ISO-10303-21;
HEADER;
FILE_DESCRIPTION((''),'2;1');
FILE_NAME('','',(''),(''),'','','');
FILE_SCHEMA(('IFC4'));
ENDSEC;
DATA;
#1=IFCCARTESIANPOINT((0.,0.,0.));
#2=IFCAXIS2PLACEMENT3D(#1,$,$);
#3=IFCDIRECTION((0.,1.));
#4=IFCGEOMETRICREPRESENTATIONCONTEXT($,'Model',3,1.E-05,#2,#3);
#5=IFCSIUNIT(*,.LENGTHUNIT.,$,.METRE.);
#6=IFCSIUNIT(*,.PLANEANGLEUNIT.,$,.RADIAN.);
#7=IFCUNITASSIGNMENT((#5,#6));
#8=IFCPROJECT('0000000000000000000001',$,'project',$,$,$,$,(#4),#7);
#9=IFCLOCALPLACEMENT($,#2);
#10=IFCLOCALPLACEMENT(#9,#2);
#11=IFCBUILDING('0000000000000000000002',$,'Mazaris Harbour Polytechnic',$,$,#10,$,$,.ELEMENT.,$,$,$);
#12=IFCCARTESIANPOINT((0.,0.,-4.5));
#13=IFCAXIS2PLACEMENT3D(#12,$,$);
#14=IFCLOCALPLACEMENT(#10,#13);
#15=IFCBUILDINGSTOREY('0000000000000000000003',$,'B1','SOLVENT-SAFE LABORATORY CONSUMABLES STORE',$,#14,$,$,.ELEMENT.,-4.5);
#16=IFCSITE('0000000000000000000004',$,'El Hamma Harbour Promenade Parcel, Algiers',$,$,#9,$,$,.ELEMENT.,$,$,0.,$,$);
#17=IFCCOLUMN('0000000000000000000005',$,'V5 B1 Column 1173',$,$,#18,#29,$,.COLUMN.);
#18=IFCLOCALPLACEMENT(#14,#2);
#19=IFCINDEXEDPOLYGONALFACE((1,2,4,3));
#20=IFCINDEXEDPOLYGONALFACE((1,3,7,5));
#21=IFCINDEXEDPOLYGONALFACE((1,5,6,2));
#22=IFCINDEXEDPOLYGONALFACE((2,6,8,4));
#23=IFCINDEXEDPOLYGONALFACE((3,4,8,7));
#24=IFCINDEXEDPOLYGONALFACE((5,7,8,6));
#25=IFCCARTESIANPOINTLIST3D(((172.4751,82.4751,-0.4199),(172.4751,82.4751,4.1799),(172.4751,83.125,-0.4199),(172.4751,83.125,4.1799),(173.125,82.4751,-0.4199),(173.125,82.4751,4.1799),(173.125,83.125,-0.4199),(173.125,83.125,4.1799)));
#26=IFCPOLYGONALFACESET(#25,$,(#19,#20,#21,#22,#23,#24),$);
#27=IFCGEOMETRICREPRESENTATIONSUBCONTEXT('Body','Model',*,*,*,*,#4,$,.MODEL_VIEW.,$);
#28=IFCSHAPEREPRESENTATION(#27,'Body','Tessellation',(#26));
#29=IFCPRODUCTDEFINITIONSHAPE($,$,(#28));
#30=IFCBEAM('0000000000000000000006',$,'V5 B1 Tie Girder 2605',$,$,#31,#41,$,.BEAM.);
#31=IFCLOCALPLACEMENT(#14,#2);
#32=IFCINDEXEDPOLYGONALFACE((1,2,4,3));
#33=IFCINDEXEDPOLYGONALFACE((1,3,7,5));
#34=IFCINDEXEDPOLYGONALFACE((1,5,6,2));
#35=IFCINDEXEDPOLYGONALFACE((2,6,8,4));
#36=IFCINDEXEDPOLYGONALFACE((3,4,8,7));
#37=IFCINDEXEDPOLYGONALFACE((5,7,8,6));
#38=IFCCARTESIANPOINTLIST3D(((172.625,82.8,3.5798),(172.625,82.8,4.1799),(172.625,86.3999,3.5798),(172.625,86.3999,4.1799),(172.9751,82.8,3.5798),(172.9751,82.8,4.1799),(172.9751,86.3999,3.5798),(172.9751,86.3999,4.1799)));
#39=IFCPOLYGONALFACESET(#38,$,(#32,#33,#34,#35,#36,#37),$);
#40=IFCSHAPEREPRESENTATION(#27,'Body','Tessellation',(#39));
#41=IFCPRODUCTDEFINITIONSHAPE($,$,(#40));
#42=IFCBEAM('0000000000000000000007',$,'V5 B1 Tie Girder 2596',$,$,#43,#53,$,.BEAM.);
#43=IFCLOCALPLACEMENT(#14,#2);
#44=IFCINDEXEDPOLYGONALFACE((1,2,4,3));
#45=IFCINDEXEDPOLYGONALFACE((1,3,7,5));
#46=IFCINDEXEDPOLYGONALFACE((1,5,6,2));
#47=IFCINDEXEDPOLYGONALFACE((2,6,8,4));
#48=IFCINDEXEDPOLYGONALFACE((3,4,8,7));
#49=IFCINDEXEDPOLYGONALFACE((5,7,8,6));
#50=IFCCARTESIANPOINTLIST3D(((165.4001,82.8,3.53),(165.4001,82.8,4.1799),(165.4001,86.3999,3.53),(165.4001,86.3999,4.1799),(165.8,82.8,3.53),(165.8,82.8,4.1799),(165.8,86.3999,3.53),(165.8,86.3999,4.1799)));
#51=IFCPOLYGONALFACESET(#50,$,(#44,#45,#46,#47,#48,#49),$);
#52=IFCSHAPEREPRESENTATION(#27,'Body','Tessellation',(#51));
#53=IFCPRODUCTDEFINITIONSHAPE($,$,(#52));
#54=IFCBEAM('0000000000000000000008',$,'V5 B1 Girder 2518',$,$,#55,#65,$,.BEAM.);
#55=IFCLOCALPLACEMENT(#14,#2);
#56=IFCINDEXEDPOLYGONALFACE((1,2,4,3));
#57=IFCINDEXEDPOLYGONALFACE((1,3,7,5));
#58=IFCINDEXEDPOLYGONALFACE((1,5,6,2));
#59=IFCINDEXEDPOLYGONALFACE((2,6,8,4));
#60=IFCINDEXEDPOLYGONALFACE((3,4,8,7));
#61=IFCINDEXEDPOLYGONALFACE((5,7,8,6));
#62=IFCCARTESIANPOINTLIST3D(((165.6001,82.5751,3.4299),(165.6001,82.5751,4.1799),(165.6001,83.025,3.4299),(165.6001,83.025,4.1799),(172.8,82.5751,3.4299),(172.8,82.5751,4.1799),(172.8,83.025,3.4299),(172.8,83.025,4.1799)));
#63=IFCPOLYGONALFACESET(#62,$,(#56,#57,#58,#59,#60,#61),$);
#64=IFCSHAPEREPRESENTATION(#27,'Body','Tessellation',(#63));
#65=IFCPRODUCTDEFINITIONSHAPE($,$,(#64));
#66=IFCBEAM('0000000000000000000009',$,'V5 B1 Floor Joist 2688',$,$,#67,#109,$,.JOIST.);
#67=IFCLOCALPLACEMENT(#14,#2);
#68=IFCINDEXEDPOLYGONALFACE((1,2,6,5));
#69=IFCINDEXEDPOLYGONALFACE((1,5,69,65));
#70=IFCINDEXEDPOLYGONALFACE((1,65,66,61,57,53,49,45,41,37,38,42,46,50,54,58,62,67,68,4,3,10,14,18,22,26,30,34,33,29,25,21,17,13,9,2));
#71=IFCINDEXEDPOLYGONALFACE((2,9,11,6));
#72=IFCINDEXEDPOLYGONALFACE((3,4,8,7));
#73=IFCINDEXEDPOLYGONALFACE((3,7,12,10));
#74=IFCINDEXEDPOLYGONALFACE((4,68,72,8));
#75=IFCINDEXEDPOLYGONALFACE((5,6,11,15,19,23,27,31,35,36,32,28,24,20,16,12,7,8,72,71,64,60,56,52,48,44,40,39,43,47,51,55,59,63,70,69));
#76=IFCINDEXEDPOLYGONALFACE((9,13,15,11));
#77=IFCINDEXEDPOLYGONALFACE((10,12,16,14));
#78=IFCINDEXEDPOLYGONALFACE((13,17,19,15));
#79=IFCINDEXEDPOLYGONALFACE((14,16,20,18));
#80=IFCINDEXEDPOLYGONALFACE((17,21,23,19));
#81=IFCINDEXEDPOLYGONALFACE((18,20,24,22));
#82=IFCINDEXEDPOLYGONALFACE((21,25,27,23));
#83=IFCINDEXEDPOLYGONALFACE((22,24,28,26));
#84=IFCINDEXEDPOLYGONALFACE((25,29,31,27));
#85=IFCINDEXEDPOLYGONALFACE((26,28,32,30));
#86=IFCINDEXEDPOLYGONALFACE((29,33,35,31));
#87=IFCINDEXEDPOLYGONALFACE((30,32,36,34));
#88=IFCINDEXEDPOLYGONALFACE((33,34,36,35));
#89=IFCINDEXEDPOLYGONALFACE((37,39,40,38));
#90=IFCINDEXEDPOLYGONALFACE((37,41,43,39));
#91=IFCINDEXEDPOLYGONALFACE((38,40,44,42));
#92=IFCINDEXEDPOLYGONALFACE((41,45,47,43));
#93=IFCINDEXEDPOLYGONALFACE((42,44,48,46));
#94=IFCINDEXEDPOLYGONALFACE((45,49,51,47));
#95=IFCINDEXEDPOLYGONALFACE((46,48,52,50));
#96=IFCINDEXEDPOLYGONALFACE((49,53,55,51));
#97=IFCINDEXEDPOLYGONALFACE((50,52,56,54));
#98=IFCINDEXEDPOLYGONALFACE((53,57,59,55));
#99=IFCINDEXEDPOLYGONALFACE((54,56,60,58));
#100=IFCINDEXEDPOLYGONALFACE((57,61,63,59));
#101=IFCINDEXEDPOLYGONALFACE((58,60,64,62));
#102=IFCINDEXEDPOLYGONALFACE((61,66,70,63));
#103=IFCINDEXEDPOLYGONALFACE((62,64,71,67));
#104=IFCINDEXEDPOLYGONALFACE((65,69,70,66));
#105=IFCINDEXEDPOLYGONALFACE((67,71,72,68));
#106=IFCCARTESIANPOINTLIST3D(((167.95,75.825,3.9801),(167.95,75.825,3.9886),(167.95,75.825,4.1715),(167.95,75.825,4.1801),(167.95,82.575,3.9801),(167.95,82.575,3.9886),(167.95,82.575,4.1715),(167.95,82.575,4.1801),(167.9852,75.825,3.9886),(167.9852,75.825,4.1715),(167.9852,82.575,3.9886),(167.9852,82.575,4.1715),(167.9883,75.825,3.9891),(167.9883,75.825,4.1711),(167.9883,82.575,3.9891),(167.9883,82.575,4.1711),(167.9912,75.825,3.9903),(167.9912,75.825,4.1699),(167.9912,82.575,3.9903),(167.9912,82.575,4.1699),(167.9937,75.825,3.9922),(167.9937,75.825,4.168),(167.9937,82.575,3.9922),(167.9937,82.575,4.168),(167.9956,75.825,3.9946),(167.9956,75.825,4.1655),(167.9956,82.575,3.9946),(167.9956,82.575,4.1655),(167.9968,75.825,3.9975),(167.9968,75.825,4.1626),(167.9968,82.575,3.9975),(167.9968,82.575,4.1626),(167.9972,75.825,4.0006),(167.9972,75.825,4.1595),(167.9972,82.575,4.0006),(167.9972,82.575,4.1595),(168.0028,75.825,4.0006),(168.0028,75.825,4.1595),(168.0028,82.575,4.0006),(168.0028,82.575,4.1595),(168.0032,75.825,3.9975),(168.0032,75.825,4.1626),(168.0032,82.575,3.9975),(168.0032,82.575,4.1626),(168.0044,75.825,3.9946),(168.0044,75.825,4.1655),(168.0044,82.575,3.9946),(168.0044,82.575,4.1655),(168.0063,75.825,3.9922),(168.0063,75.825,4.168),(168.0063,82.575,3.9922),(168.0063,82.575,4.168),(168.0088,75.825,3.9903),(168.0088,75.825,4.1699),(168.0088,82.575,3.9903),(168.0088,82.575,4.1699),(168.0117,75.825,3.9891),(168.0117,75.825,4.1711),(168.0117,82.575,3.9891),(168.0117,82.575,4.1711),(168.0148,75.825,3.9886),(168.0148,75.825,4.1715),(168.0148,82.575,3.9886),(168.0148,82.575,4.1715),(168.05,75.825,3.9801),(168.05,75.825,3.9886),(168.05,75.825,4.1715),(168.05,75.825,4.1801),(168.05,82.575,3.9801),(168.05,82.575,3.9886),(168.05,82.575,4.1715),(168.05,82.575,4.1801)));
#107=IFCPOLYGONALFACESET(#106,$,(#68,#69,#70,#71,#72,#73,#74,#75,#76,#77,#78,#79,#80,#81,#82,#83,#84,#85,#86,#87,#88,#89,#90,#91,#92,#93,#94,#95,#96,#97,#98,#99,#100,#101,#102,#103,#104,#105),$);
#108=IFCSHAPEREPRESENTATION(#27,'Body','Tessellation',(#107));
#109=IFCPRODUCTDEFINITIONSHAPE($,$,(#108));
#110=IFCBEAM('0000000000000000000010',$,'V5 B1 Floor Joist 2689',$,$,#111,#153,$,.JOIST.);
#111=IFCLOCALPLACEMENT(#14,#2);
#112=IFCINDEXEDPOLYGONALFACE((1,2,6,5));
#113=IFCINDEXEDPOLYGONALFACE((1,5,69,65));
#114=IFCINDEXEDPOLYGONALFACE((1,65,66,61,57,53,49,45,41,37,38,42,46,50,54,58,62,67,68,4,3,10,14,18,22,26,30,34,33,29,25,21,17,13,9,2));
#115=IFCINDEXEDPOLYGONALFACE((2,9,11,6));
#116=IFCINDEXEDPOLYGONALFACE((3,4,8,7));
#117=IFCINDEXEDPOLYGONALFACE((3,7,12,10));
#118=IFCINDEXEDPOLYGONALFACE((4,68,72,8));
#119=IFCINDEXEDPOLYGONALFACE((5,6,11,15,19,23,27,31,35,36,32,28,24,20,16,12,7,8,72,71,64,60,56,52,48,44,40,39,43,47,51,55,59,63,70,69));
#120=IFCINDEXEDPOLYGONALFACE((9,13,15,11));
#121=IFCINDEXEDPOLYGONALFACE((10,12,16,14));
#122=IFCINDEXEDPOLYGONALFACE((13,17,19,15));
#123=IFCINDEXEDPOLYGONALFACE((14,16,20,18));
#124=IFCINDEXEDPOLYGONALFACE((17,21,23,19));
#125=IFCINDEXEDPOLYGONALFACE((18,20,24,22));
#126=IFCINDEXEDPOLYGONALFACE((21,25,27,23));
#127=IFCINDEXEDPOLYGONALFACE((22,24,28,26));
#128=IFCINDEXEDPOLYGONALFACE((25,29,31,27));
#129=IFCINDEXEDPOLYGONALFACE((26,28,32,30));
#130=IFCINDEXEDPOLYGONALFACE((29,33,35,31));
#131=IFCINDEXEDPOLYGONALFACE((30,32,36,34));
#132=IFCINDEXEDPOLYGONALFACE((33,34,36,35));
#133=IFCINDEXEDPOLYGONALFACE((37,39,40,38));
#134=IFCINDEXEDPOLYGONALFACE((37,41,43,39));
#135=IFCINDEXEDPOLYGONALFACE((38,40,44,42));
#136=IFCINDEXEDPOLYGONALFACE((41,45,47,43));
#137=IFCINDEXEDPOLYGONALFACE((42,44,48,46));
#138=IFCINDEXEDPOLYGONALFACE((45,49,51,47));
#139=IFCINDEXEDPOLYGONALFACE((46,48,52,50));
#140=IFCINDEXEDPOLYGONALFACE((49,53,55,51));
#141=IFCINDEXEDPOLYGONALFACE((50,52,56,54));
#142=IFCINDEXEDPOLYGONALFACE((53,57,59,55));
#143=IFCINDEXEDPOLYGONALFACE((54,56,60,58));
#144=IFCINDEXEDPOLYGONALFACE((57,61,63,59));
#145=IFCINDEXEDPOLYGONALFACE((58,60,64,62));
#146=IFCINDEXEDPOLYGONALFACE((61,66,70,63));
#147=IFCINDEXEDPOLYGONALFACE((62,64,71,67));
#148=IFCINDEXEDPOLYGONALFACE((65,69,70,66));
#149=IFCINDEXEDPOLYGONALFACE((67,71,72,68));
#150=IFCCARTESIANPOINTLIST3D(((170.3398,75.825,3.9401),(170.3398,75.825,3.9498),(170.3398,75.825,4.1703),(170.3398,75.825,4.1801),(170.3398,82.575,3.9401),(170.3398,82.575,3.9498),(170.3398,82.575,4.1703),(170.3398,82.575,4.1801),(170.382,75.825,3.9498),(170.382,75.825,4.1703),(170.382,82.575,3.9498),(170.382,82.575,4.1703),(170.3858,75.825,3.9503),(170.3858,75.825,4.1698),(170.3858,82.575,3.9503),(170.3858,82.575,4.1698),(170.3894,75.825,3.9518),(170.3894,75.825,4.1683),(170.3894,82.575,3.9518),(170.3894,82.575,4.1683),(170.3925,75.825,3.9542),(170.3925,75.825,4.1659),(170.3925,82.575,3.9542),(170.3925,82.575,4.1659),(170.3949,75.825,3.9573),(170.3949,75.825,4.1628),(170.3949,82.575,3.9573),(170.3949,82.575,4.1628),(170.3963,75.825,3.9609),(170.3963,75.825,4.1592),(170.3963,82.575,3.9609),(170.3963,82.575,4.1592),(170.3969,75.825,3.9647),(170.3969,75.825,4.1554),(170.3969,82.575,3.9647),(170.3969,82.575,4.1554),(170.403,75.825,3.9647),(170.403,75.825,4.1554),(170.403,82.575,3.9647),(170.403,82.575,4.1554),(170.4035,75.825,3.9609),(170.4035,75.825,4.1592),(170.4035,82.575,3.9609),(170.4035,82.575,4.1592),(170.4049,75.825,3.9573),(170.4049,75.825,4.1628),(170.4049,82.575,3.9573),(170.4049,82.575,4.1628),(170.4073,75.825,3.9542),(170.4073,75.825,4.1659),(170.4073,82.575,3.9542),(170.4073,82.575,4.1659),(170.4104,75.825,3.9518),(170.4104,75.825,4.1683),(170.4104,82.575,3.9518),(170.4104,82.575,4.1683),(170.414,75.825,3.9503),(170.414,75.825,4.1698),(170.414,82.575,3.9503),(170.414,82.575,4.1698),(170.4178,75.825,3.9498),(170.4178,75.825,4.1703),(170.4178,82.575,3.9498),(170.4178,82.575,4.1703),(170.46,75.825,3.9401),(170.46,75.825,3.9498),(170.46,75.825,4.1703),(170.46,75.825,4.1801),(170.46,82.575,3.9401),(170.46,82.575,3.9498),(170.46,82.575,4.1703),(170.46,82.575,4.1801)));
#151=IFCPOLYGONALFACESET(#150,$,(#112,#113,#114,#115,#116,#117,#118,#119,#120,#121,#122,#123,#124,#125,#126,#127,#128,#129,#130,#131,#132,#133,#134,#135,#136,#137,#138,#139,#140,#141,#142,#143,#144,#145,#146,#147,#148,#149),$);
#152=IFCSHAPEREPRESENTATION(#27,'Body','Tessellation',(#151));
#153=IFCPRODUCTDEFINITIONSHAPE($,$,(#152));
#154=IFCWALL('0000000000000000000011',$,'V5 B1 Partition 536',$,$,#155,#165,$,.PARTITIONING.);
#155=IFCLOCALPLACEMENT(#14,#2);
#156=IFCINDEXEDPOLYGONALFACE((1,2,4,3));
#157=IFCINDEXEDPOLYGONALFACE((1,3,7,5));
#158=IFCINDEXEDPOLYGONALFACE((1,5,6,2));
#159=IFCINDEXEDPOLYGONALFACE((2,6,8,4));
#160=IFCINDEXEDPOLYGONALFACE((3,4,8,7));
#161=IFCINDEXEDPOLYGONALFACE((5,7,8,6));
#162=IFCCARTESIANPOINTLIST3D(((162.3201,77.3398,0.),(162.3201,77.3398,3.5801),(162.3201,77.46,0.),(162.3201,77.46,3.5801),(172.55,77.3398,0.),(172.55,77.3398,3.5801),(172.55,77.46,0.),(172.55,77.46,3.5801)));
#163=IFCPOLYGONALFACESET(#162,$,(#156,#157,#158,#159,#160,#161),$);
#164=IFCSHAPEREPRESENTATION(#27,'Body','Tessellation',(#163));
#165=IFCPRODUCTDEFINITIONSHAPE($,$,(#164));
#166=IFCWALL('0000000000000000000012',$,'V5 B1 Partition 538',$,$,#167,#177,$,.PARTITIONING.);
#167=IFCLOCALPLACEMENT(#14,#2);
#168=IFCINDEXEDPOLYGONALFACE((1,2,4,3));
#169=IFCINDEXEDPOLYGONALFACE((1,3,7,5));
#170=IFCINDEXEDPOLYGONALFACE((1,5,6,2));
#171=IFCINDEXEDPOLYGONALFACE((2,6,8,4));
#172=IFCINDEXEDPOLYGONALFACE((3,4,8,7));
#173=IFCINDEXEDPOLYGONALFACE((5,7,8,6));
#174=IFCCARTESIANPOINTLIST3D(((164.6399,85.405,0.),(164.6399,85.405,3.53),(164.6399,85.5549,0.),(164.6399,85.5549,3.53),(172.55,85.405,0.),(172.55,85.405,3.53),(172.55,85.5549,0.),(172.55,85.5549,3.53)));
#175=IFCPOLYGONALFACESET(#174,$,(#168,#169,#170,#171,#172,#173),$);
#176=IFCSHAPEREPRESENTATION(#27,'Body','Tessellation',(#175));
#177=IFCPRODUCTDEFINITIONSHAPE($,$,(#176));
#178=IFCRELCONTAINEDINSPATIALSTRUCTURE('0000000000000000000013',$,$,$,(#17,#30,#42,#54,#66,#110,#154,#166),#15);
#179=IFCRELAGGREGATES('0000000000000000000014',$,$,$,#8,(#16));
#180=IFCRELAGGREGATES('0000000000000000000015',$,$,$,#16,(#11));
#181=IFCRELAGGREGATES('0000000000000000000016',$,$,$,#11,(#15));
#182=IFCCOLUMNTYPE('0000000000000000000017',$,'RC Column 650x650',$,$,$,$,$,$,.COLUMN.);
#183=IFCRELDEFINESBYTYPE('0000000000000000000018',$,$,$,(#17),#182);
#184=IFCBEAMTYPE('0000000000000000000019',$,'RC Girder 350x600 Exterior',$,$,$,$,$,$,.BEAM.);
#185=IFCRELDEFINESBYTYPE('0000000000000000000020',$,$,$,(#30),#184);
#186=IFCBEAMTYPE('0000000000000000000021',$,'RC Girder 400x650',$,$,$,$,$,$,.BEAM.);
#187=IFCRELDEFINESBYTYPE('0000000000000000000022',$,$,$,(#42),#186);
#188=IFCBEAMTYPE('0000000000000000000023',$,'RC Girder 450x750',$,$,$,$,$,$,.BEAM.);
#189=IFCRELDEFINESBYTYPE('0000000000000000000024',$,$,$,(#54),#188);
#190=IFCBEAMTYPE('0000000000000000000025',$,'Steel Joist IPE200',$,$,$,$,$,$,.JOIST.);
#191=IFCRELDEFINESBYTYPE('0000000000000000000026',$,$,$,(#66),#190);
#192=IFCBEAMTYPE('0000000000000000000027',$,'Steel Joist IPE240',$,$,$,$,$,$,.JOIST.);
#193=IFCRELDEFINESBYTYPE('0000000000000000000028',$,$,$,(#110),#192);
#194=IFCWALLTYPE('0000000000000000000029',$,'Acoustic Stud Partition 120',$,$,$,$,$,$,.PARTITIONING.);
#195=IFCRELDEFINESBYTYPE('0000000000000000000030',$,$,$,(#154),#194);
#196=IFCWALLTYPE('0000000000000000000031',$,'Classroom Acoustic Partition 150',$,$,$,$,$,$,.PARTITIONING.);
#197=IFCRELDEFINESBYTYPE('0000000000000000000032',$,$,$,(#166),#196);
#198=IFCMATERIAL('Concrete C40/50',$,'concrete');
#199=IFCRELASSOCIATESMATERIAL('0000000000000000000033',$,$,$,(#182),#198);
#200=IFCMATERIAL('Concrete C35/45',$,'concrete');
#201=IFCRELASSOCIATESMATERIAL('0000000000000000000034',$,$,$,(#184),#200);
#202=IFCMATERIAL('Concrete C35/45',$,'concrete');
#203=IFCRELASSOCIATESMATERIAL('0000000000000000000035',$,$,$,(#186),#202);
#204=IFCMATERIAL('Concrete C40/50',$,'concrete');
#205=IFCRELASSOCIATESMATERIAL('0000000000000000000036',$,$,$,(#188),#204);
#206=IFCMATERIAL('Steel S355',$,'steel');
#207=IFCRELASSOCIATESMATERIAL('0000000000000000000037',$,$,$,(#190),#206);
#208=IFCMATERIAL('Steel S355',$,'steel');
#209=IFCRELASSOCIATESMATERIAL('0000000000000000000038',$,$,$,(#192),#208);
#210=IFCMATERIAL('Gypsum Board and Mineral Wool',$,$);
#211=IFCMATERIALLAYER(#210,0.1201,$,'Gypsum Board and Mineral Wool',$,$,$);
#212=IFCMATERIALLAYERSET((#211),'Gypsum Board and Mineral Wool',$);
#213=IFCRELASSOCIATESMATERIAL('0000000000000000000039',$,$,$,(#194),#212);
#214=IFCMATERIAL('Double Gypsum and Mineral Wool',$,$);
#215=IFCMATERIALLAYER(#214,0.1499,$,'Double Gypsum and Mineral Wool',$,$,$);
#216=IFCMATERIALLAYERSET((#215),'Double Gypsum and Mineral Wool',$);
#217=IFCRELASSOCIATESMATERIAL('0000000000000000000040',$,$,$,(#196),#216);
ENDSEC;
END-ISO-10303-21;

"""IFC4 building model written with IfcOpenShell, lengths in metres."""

from ifc_helpers import new_model, si_unit, direction, frame, frame_2d, origin, origin_2d, place, context, subcontext, project, spatial, rectangle, i_section, extrude, material, layer, layer_set, material_profile, profile_set, type_object, element, save


model = new_model("IFC4")

# Units and contexts
model_context = context("Model", 3, precision=1e-05, world=origin(), true_north=direction((0.0, 1.0)))
body_context = subcontext(model_context, "Body", "Model", "MODEL_VIEW")
ifc_project = project(units=[si_unit("LENGTHUNIT", "METRE"), si_unit("PLANEANGLEUNIT", "RADIAN")], contexts=[model_context])

# Site, building, storey
site_placement = place(None, origin())
site = spatial("IfcSite", under=ifc_project, at=site_placement, Name="El Hamma Harbour Promenade Parcel, Algiers", CompositionType="ELEMENT", RefElevation=0.0)
building_placement = place(site_placement, origin())
building = spatial("IfcBuilding", under=site, at=building_placement, Name="Mazaris Harbour Polytechnic", CompositionType="ELEMENT")
storey_placement = place(building_placement, frame((0.0, 0.0, -4.5)))
storey = spatial("IfcBuildingStorey", under=building, at=storey_placement, Name="B1", Description="SOLVENT-SAFE LABORATORY CONSUMABLES STORE", CompositionType="ELEMENT", Elevation=-4.5)

# Column
ifc_material_1 = material(Name="Concrete C40/50", Category="concrete")
ifc_material_profile_1 = material_profile(ifc_material_1, rectangle(XDim=0.6499, YDim=0.6499, at=origin_2d()), Name="RECT650x650")
ifc_profile_set_1 = profile_set([ifc_material_profile_1], Name="Concrete C40/50")
column_type_1 = type_object("IfcColumnType", Name="RC Column 650x650", PredefinedType="COLUMN", material=ifc_profile_set_1)
for number, where, z_axis, x_axis, name in (
    (1, (172.8, 82.8, -0.4199), (0.0, 0.0, 1.0), (1.0, 0.0, 0.0), "V5 B1 Column 1173"),
):
    element("IfcColumn", number, at=place(storey_placement, frame(where, z_axis=z_axis, x_axis=x_axis)), inside=storey, type_object=column_type_1, Name=name, PredefinedType="COLUMN", context=body_context, shape_type="SweptSolid", body=[
        extrude(rectangle(XDim=0.6499, YDim=0.6499, at=origin_2d()), origin(), (0.0, 0.0, 1.0), 4.5999),
    ])

# Beams
ifc_material_2 = material(Name="Concrete C35/45", Category="concrete")
ifc_material_profile_2 = material_profile(ifc_material_2, rectangle(XDim=0.3501, YDim=0.6001, at=origin_2d()), Name="RECT350x600")
ifc_profile_set_2 = profile_set([ifc_material_profile_2], Name="Concrete C35/45")
beam_type_1 = type_object("IfcBeamType", Name="RC Girder 350x600 Exterior", PredefinedType="BEAM", material=ifc_profile_set_2)
beam_1_placement = place(storey_placement, frame((172.8, 82.8, 3.8799), z_axis=(0.0, 1.0, 0.0), x_axis=(-1.0, 0.0, 0.0)))
element("IfcBeam", 2, at=beam_1_placement, inside=storey, type_object=beam_type_1, Name="V5 B1 Tie Girder 2605", PredefinedType="BEAM", context=body_context, shape_type="SweptSolid", body=[
    extrude(rectangle(XDim=0.3501, YDim=0.6001, at=origin_2d()), origin(), (0.0, 0.0, 1.0), 3.5999),
])
ifc_material_3 = material(Name="Concrete C35/45", Category="concrete")
ifc_material_profile_3 = material_profile(ifc_material_3, rectangle(XDim=0.3999, YDim=0.6499, at=origin_2d()), Name="RECT400x650")
ifc_profile_set_3 = profile_set([ifc_material_profile_3], Name="Concrete C35/45")
beam_type_2 = type_object("IfcBeamType", Name="RC Girder 400x650", PredefinedType="BEAM", material=ifc_profile_set_3)
beam_2_placement = place(storey_placement, frame((165.6001, 82.8, 3.855), z_axis=(0.0, 1.0, 0.0), x_axis=(-1.0, 0.0, 0.0)))
element("IfcBeam", 3, at=beam_2_placement, inside=storey, type_object=beam_type_2, Name="V5 B1 Tie Girder 2596", PredefinedType="BEAM", context=body_context, shape_type="SweptSolid", body=[
    extrude(rectangle(XDim=0.3999, YDim=0.6499, at=origin_2d()), origin(), (0.0, 0.0, 1.0), 3.5999),
])
ifc_material_4 = material(Name="Concrete C40/50", Category="concrete")
ifc_material_profile_4 = material_profile(ifc_material_4, rectangle(XDim=0.45, YDim=0.75, at=origin_2d()), Name="RECT450x750")
ifc_profile_set_4 = profile_set([ifc_material_profile_4], Name="Concrete C40/50")
beam_type_3 = type_object("IfcBeamType", Name="RC Girder 450x750", PredefinedType="BEAM", material=ifc_profile_set_4)
beam_3_placement = place(storey_placement, frame((165.6001, 82.8, 3.8049), z_axis=(1.0, 0.0, 0.0), x_axis=(0.0, 1.0, 0.0)))
element("IfcBeam", 4, at=beam_3_placement, inside=storey, type_object=beam_type_3, Name="V5 B1 Girder 2518", PredefinedType="BEAM", context=body_context, shape_type="SweptSolid", body=[
    extrude(rectangle(XDim=0.45, YDim=0.75, at=origin_2d()), origin(), (0.0, 0.0, 1.0), 7.2),
])
ifc_material_5 = material(Name="Steel S355", Category="steel")
ifc_material_profile_5 = material_profile(ifc_material_5, i_section(OverallWidth=0.1001, OverallDepth=0.2, WebThickness=0.0056, FlangeThickness=0.0085, FilletRadius=0.012, at=origin_2d()), Name="IPE 200")
ifc_profile_set_5 = profile_set([ifc_material_profile_5], Name="Steel S355")
beam_type_4 = type_object("IfcBeamType", Name="Steel Joist IPE200", PredefinedType="JOIST", material=ifc_profile_set_5)
beam_4_placement = place(storey_placement, frame((168.0, 75.825, 4.0801), z_axis=(0.0, 1.0, 0.0), x_axis=(-1.0, 0.0, 0.0)))
element("IfcBeam", 5, at=beam_4_placement, inside=storey, type_object=beam_type_4, Name="V5 B1 Floor Joist 2688", PredefinedType="JOIST", context=body_context, shape_type="SweptSolid", body=[
    extrude(i_section(OverallWidth=0.1001, OverallDepth=0.2, WebThickness=0.0056, FlangeThickness=0.0085, FilletRadius=0.012, at=origin_2d()), origin(), (0.0, 0.0, 1.0), 6.75),
])
ifc_material_6 = material(Name="Steel S355", Category="steel")
ifc_material_profile_6 = material_profile(ifc_material_6, i_section(OverallWidth=0.1201, OverallDepth=0.24, WebThickness=0.0061, FlangeThickness=0.0098, FilletRadius=0.0149, at=origin_2d()), Name="IPE 240")
ifc_profile_set_6 = profile_set([ifc_material_profile_6], Name="Steel S355")
beam_type_5 = type_object("IfcBeamType", Name="Steel Joist IPE240", PredefinedType="JOIST", material=ifc_profile_set_6)
beam_5_placement = place(storey_placement, frame((170.3999, 75.825, 4.0601), z_axis=(0.0, 1.0, 0.0), x_axis=(-1.0, 0.0, 0.0)))
element("IfcBeam", 6, at=beam_5_placement, inside=storey, type_object=beam_type_5, Name="V5 B1 Floor Joist 2689", PredefinedType="JOIST", context=body_context, shape_type="SweptSolid", body=[
    extrude(i_section(OverallWidth=0.1201, OverallDepth=0.24, WebThickness=0.0061, FlangeThickness=0.0098, FilletRadius=0.0149, at=origin_2d()), origin(), (0.0, 0.0, 1.0), 6.75),
])

# Walls
ifc_material_7 = material(Name="Gypsum Board and Mineral Wool")
ifc_layer_1 = layer(ifc_material_7, 0.1201, Name="Gypsum Board and Mineral Wool")
ifc_layer_set_1 = layer_set([ifc_layer_1], Name="Gypsum Board and Mineral Wool")
wall_type_1 = type_object("IfcWallType", Name="Acoustic Stud Partition 120", PredefinedType="PARTITIONING", material=ifc_layer_set_1)
wall_1_placement = place(storey_placement, frame((162.3201, 77.3999, 0.0), z_axis=(0.0, 0.0, 1.0), x_axis=(1.0, 0.0, 0.0)))
element("IfcWall", 7, at=wall_1_placement, inside=storey, type_object=wall_type_1, Name="V5 B1 Partition 536", PredefinedType="PARTITIONING", context=body_context, shape_type="SweptSolid", body=[
    extrude(rectangle(XDim=10.23, YDim=0.1201, at=frame_2d((5.115, 0.0))), origin(), (0.0, 0.0, 1.0), 3.5801),
])
ifc_material_8 = material(Name="Double Gypsum and Mineral Wool")
ifc_layer_2 = layer(ifc_material_8, 0.1499, Name="Double Gypsum and Mineral Wool")
ifc_layer_set_2 = layer_set([ifc_layer_2], Name="Double Gypsum and Mineral Wool")
wall_type_2 = type_object("IfcWallType", Name="Classroom Acoustic Partition 150", PredefinedType="PARTITIONING", material=ifc_layer_set_2)
wall_2_placement = place(storey_placement, frame((164.6399, 85.48, 0.0), z_axis=(0.0, 0.0, 1.0), x_axis=(1.0, 0.0, 0.0)))
element("IfcWall", 8, at=wall_2_placement, inside=storey, type_object=wall_type_2, Name="V5 B1 Partition 538", PredefinedType="PARTITIONING", context=body_context, shape_type="SweptSolid", body=[
    extrude(rectangle(XDim=7.9102, YDim=0.1499, at=frame_2d((3.9551, 0.0))), origin(), (0.0, 0.0, 1.0), 3.53),
])

save(model, "model.ifc")
